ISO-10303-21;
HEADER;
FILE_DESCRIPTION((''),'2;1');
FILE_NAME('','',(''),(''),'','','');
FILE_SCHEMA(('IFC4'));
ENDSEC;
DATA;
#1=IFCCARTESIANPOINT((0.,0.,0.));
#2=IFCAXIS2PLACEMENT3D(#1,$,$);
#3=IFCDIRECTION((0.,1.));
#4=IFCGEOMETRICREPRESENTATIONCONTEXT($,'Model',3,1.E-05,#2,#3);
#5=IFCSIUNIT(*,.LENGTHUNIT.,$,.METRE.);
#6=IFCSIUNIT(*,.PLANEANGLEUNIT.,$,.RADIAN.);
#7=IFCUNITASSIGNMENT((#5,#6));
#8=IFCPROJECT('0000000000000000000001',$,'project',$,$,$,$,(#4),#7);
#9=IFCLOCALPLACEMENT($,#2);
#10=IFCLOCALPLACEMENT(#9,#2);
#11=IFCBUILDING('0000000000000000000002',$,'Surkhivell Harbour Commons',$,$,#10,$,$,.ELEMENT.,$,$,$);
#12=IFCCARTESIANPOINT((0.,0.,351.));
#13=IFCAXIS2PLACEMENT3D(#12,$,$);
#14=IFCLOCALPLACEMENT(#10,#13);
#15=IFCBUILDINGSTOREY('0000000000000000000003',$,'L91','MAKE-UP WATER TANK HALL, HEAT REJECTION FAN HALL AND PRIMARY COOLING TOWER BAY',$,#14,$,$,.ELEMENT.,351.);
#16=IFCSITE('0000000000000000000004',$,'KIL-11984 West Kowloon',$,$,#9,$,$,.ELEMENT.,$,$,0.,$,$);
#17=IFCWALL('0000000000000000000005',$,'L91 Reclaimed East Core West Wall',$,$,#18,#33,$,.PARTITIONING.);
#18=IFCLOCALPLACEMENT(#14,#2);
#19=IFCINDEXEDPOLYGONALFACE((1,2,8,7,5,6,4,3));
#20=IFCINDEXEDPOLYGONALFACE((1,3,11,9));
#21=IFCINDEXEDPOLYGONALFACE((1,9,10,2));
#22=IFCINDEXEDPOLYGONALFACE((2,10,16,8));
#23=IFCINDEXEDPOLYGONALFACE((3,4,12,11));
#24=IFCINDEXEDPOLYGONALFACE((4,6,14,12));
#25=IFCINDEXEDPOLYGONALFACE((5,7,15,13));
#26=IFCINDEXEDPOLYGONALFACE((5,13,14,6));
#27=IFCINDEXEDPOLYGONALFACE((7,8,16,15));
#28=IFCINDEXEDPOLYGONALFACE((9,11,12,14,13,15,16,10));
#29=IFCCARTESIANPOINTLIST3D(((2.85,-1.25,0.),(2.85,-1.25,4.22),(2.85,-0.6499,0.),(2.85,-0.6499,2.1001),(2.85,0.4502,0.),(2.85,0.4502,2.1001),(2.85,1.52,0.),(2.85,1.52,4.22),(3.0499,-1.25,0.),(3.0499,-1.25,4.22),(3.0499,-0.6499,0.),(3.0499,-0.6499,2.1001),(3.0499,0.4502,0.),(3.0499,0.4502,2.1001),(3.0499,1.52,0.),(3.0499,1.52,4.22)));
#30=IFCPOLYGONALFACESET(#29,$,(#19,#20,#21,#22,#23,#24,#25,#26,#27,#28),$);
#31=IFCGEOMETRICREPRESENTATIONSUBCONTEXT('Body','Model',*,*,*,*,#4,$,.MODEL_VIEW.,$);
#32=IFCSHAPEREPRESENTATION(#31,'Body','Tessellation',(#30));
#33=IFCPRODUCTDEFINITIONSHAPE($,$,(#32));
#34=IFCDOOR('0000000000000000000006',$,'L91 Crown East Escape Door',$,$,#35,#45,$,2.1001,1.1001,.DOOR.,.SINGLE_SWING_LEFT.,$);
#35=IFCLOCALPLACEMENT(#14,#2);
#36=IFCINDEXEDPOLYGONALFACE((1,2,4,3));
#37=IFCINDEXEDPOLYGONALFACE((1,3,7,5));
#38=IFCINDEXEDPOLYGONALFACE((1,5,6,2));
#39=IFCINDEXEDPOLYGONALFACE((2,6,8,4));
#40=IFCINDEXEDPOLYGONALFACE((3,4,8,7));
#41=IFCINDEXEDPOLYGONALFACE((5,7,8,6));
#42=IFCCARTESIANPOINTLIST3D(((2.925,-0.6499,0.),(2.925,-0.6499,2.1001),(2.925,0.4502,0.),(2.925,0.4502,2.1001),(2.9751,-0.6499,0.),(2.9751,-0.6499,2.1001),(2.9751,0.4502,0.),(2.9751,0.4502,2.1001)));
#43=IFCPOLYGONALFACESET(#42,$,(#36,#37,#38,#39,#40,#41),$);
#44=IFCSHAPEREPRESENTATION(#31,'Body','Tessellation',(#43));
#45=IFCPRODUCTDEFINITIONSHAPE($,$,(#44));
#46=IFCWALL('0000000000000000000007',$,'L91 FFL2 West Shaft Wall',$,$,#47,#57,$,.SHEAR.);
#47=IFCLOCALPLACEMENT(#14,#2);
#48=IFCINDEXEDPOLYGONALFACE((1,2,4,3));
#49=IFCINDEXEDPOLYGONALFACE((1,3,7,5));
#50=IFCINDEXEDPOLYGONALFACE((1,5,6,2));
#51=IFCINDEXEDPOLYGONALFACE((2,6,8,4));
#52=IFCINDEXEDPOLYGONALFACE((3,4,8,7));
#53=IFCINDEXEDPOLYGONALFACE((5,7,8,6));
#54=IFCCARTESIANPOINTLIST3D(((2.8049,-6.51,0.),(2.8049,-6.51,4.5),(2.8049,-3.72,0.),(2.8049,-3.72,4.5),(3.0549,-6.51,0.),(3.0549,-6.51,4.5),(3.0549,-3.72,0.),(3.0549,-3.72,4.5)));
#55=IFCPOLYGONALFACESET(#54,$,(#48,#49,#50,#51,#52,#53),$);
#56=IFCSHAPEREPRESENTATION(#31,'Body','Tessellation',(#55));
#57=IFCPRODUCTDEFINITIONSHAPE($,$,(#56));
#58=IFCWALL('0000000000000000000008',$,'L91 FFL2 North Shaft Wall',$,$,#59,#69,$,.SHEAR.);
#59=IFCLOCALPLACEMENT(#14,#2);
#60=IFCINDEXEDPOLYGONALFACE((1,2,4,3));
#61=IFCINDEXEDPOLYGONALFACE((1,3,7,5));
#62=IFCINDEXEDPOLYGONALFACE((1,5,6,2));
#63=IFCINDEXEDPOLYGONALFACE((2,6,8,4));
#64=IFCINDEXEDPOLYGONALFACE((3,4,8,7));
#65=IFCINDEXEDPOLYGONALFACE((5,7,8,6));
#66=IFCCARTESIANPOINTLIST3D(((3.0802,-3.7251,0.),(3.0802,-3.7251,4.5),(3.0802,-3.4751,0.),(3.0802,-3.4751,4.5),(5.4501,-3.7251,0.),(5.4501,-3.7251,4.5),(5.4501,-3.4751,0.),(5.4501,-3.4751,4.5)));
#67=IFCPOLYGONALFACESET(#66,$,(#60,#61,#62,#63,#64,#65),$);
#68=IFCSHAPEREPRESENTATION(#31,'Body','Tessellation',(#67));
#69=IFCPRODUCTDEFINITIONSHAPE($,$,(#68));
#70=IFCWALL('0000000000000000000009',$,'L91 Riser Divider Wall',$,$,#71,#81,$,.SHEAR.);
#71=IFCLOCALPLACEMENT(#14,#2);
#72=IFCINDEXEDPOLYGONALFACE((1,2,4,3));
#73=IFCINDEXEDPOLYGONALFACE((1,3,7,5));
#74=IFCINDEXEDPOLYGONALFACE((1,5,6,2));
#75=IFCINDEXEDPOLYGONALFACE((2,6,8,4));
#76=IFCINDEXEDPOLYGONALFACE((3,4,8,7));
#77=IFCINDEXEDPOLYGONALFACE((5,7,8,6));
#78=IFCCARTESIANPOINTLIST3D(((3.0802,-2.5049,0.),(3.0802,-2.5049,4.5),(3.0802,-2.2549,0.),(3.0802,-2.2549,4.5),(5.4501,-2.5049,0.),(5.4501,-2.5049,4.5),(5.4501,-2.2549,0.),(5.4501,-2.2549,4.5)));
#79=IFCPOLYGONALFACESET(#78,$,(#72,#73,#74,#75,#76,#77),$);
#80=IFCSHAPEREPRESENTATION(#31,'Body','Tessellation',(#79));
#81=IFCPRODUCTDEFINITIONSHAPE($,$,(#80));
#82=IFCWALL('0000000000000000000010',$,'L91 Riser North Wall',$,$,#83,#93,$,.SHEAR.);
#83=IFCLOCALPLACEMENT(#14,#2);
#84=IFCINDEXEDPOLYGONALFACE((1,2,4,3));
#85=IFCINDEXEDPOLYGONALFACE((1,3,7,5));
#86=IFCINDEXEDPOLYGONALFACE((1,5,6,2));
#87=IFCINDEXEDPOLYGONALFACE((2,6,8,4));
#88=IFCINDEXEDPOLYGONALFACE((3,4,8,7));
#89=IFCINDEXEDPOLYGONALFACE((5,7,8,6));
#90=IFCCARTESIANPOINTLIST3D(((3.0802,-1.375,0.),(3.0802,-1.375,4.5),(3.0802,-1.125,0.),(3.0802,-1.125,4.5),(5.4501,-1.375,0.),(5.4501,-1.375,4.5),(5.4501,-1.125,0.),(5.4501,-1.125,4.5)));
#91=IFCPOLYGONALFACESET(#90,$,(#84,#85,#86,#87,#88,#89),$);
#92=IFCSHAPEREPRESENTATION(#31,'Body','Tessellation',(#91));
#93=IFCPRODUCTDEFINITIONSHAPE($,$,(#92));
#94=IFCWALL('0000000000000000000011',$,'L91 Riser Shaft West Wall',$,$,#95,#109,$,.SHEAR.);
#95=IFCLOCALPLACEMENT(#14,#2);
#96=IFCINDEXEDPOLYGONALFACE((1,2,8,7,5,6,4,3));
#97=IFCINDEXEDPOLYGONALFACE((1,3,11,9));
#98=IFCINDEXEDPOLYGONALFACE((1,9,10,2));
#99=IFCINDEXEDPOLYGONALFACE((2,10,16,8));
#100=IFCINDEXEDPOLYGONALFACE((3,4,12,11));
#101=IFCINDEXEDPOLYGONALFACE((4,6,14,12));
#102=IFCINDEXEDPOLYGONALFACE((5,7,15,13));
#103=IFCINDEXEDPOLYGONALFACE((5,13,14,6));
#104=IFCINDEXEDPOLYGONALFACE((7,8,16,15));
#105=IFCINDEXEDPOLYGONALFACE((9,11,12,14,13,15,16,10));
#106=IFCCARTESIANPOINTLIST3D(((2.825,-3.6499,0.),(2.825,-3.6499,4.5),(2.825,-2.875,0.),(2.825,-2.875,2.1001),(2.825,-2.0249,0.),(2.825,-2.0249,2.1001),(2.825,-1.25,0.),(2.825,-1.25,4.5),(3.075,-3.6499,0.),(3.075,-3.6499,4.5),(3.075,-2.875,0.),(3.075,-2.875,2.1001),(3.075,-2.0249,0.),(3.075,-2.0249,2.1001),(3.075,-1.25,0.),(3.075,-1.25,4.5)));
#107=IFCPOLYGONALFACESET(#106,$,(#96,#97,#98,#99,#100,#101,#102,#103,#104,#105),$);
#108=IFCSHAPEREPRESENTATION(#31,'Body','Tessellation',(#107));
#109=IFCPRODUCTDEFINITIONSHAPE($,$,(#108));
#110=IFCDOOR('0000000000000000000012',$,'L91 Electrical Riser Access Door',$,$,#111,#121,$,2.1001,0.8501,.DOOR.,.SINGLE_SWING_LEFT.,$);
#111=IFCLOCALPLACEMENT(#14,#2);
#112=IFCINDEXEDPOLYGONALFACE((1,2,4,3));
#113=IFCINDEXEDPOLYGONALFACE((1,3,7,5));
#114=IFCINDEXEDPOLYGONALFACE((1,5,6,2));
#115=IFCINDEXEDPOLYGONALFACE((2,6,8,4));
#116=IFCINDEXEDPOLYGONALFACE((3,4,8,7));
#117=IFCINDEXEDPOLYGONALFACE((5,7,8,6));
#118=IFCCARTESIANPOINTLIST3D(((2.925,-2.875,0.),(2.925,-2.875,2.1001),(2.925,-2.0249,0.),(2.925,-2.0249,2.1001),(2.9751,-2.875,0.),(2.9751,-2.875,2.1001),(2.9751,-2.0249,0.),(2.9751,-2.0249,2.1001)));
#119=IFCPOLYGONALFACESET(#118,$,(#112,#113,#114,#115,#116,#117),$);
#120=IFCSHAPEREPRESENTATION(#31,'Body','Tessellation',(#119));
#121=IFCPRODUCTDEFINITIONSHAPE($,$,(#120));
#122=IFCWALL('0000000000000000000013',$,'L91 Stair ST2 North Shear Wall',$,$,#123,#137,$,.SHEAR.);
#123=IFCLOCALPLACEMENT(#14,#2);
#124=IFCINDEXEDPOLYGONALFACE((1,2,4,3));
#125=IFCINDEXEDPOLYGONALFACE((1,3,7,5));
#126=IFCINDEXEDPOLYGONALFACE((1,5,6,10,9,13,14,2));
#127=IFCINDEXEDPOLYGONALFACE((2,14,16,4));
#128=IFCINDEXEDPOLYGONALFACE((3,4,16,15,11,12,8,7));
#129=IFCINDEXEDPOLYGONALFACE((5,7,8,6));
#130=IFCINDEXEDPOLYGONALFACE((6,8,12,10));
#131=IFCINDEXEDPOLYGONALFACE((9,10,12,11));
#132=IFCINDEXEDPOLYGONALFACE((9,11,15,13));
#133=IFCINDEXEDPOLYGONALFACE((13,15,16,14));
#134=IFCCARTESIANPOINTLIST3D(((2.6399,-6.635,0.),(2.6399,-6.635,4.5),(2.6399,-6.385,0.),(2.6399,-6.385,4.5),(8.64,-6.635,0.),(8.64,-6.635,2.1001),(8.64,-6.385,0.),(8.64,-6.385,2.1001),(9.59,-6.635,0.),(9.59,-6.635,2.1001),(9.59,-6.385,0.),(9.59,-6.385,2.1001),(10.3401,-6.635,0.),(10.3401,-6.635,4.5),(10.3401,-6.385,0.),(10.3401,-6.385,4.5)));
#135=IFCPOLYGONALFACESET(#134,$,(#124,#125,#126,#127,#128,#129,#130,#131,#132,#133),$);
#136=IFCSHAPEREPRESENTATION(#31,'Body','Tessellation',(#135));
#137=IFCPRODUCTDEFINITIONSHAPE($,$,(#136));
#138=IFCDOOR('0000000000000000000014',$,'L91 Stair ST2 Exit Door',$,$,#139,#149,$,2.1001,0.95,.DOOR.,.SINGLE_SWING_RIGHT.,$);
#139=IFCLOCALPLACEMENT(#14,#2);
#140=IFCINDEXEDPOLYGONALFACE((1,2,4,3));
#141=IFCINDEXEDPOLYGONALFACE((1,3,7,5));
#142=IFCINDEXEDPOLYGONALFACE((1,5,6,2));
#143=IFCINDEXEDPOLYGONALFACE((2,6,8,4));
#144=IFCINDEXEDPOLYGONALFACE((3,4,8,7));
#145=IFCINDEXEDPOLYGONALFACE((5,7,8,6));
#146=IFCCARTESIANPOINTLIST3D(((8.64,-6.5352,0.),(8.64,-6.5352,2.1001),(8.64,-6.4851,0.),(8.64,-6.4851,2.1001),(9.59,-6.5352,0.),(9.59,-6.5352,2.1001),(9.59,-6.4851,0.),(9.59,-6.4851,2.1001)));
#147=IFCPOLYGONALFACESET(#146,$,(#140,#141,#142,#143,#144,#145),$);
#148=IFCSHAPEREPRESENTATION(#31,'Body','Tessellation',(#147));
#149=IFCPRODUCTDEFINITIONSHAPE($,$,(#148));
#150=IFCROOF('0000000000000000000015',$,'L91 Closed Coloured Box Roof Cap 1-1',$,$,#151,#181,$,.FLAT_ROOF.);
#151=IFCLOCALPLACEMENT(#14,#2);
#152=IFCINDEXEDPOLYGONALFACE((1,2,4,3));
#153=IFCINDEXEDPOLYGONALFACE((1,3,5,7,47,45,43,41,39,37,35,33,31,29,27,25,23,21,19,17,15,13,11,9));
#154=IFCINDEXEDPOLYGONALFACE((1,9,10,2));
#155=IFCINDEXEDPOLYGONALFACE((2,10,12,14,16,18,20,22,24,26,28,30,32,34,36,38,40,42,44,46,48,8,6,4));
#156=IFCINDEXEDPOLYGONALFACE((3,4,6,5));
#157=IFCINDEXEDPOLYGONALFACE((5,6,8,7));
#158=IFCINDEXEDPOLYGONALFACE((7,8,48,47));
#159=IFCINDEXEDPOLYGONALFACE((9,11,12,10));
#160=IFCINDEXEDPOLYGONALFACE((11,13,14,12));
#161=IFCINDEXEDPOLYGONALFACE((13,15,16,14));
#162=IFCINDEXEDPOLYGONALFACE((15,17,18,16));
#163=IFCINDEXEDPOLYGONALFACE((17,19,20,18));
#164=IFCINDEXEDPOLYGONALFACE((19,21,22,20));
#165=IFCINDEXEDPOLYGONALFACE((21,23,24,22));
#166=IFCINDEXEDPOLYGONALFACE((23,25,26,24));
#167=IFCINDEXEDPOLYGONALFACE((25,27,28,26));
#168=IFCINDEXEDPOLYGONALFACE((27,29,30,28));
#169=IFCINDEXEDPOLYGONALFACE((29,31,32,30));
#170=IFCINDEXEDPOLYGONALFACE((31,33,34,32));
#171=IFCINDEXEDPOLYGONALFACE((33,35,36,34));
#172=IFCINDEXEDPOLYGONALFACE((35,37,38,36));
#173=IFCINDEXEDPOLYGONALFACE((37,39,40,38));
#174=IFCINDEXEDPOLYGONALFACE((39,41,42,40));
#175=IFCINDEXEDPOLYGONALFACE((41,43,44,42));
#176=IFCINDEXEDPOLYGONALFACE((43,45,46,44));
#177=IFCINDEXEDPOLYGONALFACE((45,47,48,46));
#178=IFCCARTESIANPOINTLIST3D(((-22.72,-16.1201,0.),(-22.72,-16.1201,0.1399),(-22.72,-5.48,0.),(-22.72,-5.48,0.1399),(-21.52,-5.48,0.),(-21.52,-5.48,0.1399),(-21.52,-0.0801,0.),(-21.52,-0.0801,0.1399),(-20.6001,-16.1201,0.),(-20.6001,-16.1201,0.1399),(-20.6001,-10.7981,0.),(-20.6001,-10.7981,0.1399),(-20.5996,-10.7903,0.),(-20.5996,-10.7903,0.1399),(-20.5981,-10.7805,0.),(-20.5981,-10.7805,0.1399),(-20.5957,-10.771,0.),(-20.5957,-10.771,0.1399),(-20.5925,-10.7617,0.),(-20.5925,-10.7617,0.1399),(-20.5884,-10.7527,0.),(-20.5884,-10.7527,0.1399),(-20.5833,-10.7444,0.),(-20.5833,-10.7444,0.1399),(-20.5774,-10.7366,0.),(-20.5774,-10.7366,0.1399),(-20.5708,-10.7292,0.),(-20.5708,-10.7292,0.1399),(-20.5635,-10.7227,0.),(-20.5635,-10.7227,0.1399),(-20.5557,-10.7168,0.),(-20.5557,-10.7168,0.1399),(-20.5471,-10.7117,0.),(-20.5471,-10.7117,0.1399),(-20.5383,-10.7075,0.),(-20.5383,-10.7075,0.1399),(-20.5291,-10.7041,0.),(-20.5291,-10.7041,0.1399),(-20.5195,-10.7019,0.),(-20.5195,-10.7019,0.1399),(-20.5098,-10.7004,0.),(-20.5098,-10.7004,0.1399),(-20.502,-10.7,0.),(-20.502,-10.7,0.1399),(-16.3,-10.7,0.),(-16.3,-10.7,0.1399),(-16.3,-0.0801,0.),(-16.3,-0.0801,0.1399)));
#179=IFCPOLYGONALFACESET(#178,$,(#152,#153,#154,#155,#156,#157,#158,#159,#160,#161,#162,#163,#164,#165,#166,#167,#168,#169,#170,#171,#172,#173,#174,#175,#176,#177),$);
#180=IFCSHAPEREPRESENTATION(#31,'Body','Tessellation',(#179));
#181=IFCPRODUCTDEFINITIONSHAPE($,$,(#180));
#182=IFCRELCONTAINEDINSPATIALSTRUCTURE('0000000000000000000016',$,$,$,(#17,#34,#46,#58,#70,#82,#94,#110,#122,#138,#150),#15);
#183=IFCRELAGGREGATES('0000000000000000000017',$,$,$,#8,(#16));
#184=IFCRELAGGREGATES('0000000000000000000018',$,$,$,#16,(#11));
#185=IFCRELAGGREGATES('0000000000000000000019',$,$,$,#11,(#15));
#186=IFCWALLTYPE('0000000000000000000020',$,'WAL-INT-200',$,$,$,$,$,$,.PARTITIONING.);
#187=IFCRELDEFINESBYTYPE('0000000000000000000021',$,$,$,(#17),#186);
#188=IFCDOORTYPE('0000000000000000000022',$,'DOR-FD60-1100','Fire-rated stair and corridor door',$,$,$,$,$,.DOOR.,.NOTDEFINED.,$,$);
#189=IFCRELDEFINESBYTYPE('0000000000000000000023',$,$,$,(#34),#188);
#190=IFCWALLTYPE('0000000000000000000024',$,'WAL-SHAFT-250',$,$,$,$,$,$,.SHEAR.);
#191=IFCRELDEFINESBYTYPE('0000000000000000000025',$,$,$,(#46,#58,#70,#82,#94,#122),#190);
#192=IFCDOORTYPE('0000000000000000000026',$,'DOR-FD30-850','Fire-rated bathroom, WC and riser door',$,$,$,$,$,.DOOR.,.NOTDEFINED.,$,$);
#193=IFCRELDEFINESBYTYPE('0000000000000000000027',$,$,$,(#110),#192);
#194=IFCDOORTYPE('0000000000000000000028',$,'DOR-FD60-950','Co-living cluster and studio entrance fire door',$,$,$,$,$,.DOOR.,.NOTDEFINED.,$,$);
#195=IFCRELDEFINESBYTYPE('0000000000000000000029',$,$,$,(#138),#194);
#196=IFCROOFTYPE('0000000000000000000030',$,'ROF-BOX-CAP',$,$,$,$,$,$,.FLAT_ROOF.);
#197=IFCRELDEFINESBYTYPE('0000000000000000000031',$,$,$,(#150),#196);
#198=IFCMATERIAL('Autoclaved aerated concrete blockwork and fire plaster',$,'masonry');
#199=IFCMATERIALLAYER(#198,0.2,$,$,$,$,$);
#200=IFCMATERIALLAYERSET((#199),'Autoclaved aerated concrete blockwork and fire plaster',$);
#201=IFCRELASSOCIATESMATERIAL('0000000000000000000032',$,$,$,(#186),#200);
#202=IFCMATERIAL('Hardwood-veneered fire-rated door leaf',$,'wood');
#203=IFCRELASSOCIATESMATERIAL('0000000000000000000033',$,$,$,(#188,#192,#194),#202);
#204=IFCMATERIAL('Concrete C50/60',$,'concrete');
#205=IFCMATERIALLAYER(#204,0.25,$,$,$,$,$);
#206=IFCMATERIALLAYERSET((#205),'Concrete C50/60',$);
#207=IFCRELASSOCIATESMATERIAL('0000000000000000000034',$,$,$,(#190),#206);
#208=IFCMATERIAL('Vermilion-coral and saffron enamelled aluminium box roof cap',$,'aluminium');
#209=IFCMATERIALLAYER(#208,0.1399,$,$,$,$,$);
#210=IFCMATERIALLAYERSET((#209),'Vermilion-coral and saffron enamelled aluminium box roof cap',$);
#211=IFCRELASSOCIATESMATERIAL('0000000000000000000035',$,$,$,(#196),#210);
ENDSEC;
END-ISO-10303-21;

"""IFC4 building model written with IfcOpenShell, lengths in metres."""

from ifc_helpers import new_model, si_unit, direction, frame, frame_2d, origin, place, context, subcontext, project, spatial, polyline, rectangle, outline, extrude, material, layer, layer_set, type_object, element, fill, save


model = new_model("IFC4")

# Units and contexts
model_context = context("Model", 3, precision=1e-05, world=origin(), true_north=direction((0.0, 1.0)))
body_context = subcontext(model_context, "Body", "Model", "MODEL_VIEW")
ifc_project = project(units=[si_unit("LENGTHUNIT", "METRE"), si_unit("PLANEANGLEUNIT", "RADIAN")], contexts=[model_context])

# Site, building, storey
site_placement = place(None, origin())
site = spatial("IfcSite", under=ifc_project, at=site_placement, Name="KIL-11984 West Kowloon", CompositionType="ELEMENT", RefElevation=0.0)
building_placement = place(site_placement, origin())
building = spatial("IfcBuilding", under=site, at=building_placement, Name="Surkhivell Harbour Commons", CompositionType="ELEMENT")
storey_placement = place(building_placement, frame((0.0, 0.0, 351.0)))
storey = spatial("IfcBuildingStorey", under=building, at=storey_placement, Name="L91", Description="MAKE-UP WATER TANK HALL, HEAT REJECTION FAN HALL AND PRIMARY COOLING TOWER BAY", CompositionType="ELEMENT", Elevation=351.0)

# Shared definitions
ifc_material_1 = material(Name="Concrete C50/60", Category="concrete")

# Wall, opening, door
ifc_material_2 = material(Name="Autoclaved aerated concrete blockwork and fire plaster", Category="masonry")
ifc_layer_1 = layer(ifc_material_2, 0.2)
ifc_layer_set_1 = layer_set([ifc_layer_1], Name="Autoclaved aerated concrete blockwork and fire plaster")
wall_type_1 = type_object("IfcWallType", Name="WAL-INT-200", PredefinedType="PARTITIONING", material=ifc_layer_set_1)
wall_1_placement = place(storey_placement, frame((2.95, -1.25, 0.0), z_axis=(0.0, 0.0, 1.0), x_axis=(0.0, 1.0, 0.0)))
wall_1 = element("IfcWall", 1, at=wall_1_placement, inside=storey, type_object=wall_type_1, Name="L91 Reclaimed East Core West Wall", PredefinedType="PARTITIONING", context=body_context, shape_type="SweptSolid", body=[
    extrude(rectangle(XDim=2.77, YDim=0.2, at=frame_2d((1.385, 0.0))), origin(), (0.0, 0.0, 1.0), 4.22),
])
opening_1_placement = place(wall_1_placement, frame((0.6001, 0.0, 0.0)))
opening_1 = element("IfcOpeningElement", 2, at=opening_1_placement, cuts=wall_1, PredefinedType="OPENING", context=body_context, shape_type="SweptSolid", body=[
    extrude(rectangle(XDim=1.1001, YDim=2.1001, at=frame_2d((0.55, 1.05))), frame((0.0, 0.1099, 0.0), z_axis=(0.0, -1.0, 0.0), x_axis=(1.0, 0.0, 0.0)), (0.0, 0.0, 1.0), 0.22),
])
ifc_material_3 = material(Name="Hardwood-veneered fire-rated door leaf", Category="wood")
door_type_1 = type_object("IfcDoorType", Name="DOR-FD60-1100", Description="Fire-rated stair and corridor door", OperationType="NOTDEFINED", PredefinedType="DOOR", material=ifc_material_3)
door_1_placement = place(opening_1_placement, origin())
door_1 = element("IfcDoor", 3, at=door_1_placement, inside=storey, type_object=door_type_1, Name="L91 Crown East Escape Door", OperationType="SINGLE_SWING_LEFT", OverallHeight=2.1001, OverallWidth=1.1001, PredefinedType="DOOR", context=body_context, shape_type="SweptSolid", body=[
    extrude(rectangle(XDim=1.1001, YDim=2.1001, at=frame_2d((0.55, 1.05))), frame((0.0, 0.0249, 0.0), z_axis=(0.0, -1.0, 0.0), x_axis=(1.0, 0.0, 0.0)), (0.0, 0.0, 1.0), 0.05),
])
fill(opening_1, door_1)

# Walls
ifc_layer_2 = layer(ifc_material_1, 0.25)
ifc_layer_set_2 = layer_set([ifc_layer_2], Name="Concrete C50/60")
wall_type_2 = type_object("IfcWallType", Name="WAL-SHAFT-250", PredefinedType="SHEAR", material=ifc_layer_set_2)
wall_2_placement = place(storey_placement, frame((2.9299, -6.51, 0.0), z_axis=(0.0, 0.0, 1.0), x_axis=(0.0, 1.0, 0.0)))
element("IfcWall", 4, at=wall_2_placement, inside=storey, type_object=wall_type_2, Name="L91 FFL2 West Shaft Wall", PredefinedType="SHEAR", context=body_context, shape_type="SweptSolid", body=[
    extrude(rectangle(XDim=2.79, YDim=0.25, at=frame_2d((1.395, 0.0))), origin(), (0.0, 0.0, 1.0), 4.5),
])
for number, where, z_axis, x_axis, name in (
    (5, (3.0801, -3.6001, 0.0), (0.0, 0.0, 1.0), (1.0, 0.0, 0.0), "L91 FFL2 North Shaft Wall"),
    (6, (3.0801, -2.3799, 0.0), (0.0, 0.0, 1.0), (1.0, 0.0, 0.0), "L91 Riser Divider Wall"),
    (7, (3.0801, -1.25, 0.0), (0.0, 0.0, 1.0), (1.0, 0.0, 0.0), "L91 Riser North Wall"),
):
    element("IfcWall", number, at=place(storey_placement, frame(where, z_axis=z_axis, x_axis=x_axis)), inside=storey, type_object=wall_type_2, Name=name, PredefinedType="SHEAR", context=body_context, shape_type="SweptSolid", body=[
        extrude(rectangle(XDim=2.3699, YDim=0.25, at=frame_2d((1.1851, 0.0))), origin(), (0.0, 0.0, 1.0), 4.5),
    ])

# Walls, openings, doors
wall_3_placement = place(storey_placement, frame((2.95, -3.6499, 0.0), z_axis=(0.0, 0.0, 1.0), x_axis=(0.0, 1.0, 0.0)))
wall_3 = element("IfcWall", 8, at=wall_3_placement, inside=storey, type_object=wall_type_2, Name="L91 Riser Shaft West Wall", PredefinedType="SHEAR", context=body_context, shape_type="SweptSolid", body=[
    extrude(rectangle(XDim=2.3999, YDim=0.25, at=frame_2d((1.2, 0.0))), origin(), (0.0, 0.0, 1.0), 4.5),
])
opening_2_placement = place(wall_3_placement, frame((0.7749, 0.0, 0.0)))
opening_2 = element("IfcOpeningElement", 9, at=opening_2_placement, cuts=wall_3, PredefinedType="OPENING", context=body_context, shape_type="SweptSolid", body=[
    extrude(rectangle(XDim=0.8501, YDim=2.1001, at=frame_2d((0.425, 1.05))), frame((0.0, 0.135, 0.0), z_axis=(0.0, -1.0, 0.0), x_axis=(1.0, 0.0, 0.0)), (0.0, 0.0, 1.0), 0.27),
])
door_type_2 = type_object("IfcDoorType", Name="DOR-FD30-850", Description="Fire-rated bathroom, WC and riser door", OperationType="NOTDEFINED", PredefinedType="DOOR", material=ifc_material_3)
door_2_placement = place(opening_2_placement, origin())
door_2 = element("IfcDoor", 10, at=door_2_placement, inside=storey, type_object=door_type_2, Name="L91 Electrical Riser Access Door", OperationType="SINGLE_SWING_LEFT", OverallHeight=2.1001, OverallWidth=0.8501, PredefinedType="DOOR", context=body_context, shape_type="SweptSolid", body=[
    extrude(rectangle(XDim=0.8501, YDim=2.1001, at=frame_2d((0.425, 1.05))), frame((0.0, 0.0249, 0.0), z_axis=(0.0, -1.0, 0.0), x_axis=(1.0, 0.0, 0.0)), (0.0, 0.0, 1.0), 0.05),
])
fill(opening_2, door_2)
wall_4_placement = place(storey_placement, frame((2.6399, -6.51, 0.0), z_axis=(0.0, 0.0, 1.0), x_axis=(1.0, 0.0, 0.0)))
wall_4 = element("IfcWall", 11, at=wall_4_placement, inside=storey, type_object=wall_type_2, Name="L91 Stair ST2 North Shear Wall", PredefinedType="SHEAR", context=body_context, shape_type="SweptSolid", body=[
    extrude(rectangle(XDim=7.7002, YDim=0.25, at=frame_2d((3.8501, 0.0))), origin(), (0.0, 0.0, 1.0), 4.5),
])
opening_3_placement = place(wall_4_placement, frame((6.0, 0.0, 0.0)))
opening_3 = element("IfcOpeningElement", 12, at=opening_3_placement, cuts=wall_4, PredefinedType="OPENING", context=body_context, shape_type="SweptSolid", body=[
    extrude(rectangle(XDim=0.95, YDim=2.1001, at=frame_2d((0.4751, 1.05))), frame((0.0, 0.135, 0.0), z_axis=(0.0, -1.0, 0.0), x_axis=(1.0, 0.0, 0.0)), (0.0, 0.0, 1.0), 0.27),
])
door_type_3 = type_object("IfcDoorType", Name="DOR-FD60-950", Description="Co-living cluster and studio entrance fire door", OperationType="NOTDEFINED", PredefinedType="DOOR", material=ifc_material_3)
door_3_placement = place(opening_3_placement, origin())
door_3 = element("IfcDoor", 13, at=door_3_placement, inside=storey, type_object=door_type_3, Name="L91 Stair ST2 Exit Door", OperationType="SINGLE_SWING_RIGHT", OverallHeight=2.1001, OverallWidth=0.95, PredefinedType="DOOR", context=body_context, shape_type="SweptSolid", body=[
    extrude(rectangle(XDim=0.95, YDim=2.1001, at=frame_2d((0.4751, 1.05))), frame((0.0, 0.0249, 0.0), z_axis=(0.0, -1.0, 0.0), x_axis=(1.0, 0.0, 0.0)), (0.0, 0.0, 1.0), 0.05),
])
fill(opening_3, door_3)

# Roof
ifc_material_4 = material(Name="Vermilion-coral and saffron enamelled aluminium box roof cap", Category="aluminium")
ifc_layer_3 = layer(ifc_material_4, 0.1399)
ifc_layer_set_3 = layer_set([ifc_layer_3], Name="Vermilion-coral and saffron enamelled aluminium box roof cap")
roof_type = type_object("IfcRoofType", Name="ROF-BOX-CAP", PredefinedType="FLAT_ROOF", material=ifc_layer_set_3)
roof_1_placement = place(storey_placement, origin())
element("IfcRoof", 14, at=roof_1_placement, inside=storey, type_object=roof_type, Name="L91 Closed Coloured Box Roof Cap 1-1", PredefinedType="FLAT_ROOF", context=body_context, shape_type="SweptSolid", body=[
    extrude(outline(polyline([(-20.6001, -10.7981), (-20.5996, -10.7903), (-20.5981, -10.7805), (-20.5957, -10.771), (-20.5925, -10.7617), (-20.5884, -10.7527), (-20.5833, -10.7444), (-20.5774, -10.7366), (-20.5708, -10.7292), (-20.5635, -10.7227), (-20.5557, -10.7168), (-20.5471, -10.7117), (-20.5383, -10.7075), (-20.5291, -10.7041), (-20.5195, -10.7019), (-20.5098, -10.7004), (-20.502, -10.7), (-16.3, -10.7), (-16.3, -0.0801), (-21.52, -0.0801), (-21.52, -5.48), (-22.72, -5.48), (-22.72, -16.1201), (-20.6001, -16.1201), (-20.6001, -10.7981)])), origin(), (0.0, 0.0, 1.0), 0.1399),
])

save(model, "model.ifc")
